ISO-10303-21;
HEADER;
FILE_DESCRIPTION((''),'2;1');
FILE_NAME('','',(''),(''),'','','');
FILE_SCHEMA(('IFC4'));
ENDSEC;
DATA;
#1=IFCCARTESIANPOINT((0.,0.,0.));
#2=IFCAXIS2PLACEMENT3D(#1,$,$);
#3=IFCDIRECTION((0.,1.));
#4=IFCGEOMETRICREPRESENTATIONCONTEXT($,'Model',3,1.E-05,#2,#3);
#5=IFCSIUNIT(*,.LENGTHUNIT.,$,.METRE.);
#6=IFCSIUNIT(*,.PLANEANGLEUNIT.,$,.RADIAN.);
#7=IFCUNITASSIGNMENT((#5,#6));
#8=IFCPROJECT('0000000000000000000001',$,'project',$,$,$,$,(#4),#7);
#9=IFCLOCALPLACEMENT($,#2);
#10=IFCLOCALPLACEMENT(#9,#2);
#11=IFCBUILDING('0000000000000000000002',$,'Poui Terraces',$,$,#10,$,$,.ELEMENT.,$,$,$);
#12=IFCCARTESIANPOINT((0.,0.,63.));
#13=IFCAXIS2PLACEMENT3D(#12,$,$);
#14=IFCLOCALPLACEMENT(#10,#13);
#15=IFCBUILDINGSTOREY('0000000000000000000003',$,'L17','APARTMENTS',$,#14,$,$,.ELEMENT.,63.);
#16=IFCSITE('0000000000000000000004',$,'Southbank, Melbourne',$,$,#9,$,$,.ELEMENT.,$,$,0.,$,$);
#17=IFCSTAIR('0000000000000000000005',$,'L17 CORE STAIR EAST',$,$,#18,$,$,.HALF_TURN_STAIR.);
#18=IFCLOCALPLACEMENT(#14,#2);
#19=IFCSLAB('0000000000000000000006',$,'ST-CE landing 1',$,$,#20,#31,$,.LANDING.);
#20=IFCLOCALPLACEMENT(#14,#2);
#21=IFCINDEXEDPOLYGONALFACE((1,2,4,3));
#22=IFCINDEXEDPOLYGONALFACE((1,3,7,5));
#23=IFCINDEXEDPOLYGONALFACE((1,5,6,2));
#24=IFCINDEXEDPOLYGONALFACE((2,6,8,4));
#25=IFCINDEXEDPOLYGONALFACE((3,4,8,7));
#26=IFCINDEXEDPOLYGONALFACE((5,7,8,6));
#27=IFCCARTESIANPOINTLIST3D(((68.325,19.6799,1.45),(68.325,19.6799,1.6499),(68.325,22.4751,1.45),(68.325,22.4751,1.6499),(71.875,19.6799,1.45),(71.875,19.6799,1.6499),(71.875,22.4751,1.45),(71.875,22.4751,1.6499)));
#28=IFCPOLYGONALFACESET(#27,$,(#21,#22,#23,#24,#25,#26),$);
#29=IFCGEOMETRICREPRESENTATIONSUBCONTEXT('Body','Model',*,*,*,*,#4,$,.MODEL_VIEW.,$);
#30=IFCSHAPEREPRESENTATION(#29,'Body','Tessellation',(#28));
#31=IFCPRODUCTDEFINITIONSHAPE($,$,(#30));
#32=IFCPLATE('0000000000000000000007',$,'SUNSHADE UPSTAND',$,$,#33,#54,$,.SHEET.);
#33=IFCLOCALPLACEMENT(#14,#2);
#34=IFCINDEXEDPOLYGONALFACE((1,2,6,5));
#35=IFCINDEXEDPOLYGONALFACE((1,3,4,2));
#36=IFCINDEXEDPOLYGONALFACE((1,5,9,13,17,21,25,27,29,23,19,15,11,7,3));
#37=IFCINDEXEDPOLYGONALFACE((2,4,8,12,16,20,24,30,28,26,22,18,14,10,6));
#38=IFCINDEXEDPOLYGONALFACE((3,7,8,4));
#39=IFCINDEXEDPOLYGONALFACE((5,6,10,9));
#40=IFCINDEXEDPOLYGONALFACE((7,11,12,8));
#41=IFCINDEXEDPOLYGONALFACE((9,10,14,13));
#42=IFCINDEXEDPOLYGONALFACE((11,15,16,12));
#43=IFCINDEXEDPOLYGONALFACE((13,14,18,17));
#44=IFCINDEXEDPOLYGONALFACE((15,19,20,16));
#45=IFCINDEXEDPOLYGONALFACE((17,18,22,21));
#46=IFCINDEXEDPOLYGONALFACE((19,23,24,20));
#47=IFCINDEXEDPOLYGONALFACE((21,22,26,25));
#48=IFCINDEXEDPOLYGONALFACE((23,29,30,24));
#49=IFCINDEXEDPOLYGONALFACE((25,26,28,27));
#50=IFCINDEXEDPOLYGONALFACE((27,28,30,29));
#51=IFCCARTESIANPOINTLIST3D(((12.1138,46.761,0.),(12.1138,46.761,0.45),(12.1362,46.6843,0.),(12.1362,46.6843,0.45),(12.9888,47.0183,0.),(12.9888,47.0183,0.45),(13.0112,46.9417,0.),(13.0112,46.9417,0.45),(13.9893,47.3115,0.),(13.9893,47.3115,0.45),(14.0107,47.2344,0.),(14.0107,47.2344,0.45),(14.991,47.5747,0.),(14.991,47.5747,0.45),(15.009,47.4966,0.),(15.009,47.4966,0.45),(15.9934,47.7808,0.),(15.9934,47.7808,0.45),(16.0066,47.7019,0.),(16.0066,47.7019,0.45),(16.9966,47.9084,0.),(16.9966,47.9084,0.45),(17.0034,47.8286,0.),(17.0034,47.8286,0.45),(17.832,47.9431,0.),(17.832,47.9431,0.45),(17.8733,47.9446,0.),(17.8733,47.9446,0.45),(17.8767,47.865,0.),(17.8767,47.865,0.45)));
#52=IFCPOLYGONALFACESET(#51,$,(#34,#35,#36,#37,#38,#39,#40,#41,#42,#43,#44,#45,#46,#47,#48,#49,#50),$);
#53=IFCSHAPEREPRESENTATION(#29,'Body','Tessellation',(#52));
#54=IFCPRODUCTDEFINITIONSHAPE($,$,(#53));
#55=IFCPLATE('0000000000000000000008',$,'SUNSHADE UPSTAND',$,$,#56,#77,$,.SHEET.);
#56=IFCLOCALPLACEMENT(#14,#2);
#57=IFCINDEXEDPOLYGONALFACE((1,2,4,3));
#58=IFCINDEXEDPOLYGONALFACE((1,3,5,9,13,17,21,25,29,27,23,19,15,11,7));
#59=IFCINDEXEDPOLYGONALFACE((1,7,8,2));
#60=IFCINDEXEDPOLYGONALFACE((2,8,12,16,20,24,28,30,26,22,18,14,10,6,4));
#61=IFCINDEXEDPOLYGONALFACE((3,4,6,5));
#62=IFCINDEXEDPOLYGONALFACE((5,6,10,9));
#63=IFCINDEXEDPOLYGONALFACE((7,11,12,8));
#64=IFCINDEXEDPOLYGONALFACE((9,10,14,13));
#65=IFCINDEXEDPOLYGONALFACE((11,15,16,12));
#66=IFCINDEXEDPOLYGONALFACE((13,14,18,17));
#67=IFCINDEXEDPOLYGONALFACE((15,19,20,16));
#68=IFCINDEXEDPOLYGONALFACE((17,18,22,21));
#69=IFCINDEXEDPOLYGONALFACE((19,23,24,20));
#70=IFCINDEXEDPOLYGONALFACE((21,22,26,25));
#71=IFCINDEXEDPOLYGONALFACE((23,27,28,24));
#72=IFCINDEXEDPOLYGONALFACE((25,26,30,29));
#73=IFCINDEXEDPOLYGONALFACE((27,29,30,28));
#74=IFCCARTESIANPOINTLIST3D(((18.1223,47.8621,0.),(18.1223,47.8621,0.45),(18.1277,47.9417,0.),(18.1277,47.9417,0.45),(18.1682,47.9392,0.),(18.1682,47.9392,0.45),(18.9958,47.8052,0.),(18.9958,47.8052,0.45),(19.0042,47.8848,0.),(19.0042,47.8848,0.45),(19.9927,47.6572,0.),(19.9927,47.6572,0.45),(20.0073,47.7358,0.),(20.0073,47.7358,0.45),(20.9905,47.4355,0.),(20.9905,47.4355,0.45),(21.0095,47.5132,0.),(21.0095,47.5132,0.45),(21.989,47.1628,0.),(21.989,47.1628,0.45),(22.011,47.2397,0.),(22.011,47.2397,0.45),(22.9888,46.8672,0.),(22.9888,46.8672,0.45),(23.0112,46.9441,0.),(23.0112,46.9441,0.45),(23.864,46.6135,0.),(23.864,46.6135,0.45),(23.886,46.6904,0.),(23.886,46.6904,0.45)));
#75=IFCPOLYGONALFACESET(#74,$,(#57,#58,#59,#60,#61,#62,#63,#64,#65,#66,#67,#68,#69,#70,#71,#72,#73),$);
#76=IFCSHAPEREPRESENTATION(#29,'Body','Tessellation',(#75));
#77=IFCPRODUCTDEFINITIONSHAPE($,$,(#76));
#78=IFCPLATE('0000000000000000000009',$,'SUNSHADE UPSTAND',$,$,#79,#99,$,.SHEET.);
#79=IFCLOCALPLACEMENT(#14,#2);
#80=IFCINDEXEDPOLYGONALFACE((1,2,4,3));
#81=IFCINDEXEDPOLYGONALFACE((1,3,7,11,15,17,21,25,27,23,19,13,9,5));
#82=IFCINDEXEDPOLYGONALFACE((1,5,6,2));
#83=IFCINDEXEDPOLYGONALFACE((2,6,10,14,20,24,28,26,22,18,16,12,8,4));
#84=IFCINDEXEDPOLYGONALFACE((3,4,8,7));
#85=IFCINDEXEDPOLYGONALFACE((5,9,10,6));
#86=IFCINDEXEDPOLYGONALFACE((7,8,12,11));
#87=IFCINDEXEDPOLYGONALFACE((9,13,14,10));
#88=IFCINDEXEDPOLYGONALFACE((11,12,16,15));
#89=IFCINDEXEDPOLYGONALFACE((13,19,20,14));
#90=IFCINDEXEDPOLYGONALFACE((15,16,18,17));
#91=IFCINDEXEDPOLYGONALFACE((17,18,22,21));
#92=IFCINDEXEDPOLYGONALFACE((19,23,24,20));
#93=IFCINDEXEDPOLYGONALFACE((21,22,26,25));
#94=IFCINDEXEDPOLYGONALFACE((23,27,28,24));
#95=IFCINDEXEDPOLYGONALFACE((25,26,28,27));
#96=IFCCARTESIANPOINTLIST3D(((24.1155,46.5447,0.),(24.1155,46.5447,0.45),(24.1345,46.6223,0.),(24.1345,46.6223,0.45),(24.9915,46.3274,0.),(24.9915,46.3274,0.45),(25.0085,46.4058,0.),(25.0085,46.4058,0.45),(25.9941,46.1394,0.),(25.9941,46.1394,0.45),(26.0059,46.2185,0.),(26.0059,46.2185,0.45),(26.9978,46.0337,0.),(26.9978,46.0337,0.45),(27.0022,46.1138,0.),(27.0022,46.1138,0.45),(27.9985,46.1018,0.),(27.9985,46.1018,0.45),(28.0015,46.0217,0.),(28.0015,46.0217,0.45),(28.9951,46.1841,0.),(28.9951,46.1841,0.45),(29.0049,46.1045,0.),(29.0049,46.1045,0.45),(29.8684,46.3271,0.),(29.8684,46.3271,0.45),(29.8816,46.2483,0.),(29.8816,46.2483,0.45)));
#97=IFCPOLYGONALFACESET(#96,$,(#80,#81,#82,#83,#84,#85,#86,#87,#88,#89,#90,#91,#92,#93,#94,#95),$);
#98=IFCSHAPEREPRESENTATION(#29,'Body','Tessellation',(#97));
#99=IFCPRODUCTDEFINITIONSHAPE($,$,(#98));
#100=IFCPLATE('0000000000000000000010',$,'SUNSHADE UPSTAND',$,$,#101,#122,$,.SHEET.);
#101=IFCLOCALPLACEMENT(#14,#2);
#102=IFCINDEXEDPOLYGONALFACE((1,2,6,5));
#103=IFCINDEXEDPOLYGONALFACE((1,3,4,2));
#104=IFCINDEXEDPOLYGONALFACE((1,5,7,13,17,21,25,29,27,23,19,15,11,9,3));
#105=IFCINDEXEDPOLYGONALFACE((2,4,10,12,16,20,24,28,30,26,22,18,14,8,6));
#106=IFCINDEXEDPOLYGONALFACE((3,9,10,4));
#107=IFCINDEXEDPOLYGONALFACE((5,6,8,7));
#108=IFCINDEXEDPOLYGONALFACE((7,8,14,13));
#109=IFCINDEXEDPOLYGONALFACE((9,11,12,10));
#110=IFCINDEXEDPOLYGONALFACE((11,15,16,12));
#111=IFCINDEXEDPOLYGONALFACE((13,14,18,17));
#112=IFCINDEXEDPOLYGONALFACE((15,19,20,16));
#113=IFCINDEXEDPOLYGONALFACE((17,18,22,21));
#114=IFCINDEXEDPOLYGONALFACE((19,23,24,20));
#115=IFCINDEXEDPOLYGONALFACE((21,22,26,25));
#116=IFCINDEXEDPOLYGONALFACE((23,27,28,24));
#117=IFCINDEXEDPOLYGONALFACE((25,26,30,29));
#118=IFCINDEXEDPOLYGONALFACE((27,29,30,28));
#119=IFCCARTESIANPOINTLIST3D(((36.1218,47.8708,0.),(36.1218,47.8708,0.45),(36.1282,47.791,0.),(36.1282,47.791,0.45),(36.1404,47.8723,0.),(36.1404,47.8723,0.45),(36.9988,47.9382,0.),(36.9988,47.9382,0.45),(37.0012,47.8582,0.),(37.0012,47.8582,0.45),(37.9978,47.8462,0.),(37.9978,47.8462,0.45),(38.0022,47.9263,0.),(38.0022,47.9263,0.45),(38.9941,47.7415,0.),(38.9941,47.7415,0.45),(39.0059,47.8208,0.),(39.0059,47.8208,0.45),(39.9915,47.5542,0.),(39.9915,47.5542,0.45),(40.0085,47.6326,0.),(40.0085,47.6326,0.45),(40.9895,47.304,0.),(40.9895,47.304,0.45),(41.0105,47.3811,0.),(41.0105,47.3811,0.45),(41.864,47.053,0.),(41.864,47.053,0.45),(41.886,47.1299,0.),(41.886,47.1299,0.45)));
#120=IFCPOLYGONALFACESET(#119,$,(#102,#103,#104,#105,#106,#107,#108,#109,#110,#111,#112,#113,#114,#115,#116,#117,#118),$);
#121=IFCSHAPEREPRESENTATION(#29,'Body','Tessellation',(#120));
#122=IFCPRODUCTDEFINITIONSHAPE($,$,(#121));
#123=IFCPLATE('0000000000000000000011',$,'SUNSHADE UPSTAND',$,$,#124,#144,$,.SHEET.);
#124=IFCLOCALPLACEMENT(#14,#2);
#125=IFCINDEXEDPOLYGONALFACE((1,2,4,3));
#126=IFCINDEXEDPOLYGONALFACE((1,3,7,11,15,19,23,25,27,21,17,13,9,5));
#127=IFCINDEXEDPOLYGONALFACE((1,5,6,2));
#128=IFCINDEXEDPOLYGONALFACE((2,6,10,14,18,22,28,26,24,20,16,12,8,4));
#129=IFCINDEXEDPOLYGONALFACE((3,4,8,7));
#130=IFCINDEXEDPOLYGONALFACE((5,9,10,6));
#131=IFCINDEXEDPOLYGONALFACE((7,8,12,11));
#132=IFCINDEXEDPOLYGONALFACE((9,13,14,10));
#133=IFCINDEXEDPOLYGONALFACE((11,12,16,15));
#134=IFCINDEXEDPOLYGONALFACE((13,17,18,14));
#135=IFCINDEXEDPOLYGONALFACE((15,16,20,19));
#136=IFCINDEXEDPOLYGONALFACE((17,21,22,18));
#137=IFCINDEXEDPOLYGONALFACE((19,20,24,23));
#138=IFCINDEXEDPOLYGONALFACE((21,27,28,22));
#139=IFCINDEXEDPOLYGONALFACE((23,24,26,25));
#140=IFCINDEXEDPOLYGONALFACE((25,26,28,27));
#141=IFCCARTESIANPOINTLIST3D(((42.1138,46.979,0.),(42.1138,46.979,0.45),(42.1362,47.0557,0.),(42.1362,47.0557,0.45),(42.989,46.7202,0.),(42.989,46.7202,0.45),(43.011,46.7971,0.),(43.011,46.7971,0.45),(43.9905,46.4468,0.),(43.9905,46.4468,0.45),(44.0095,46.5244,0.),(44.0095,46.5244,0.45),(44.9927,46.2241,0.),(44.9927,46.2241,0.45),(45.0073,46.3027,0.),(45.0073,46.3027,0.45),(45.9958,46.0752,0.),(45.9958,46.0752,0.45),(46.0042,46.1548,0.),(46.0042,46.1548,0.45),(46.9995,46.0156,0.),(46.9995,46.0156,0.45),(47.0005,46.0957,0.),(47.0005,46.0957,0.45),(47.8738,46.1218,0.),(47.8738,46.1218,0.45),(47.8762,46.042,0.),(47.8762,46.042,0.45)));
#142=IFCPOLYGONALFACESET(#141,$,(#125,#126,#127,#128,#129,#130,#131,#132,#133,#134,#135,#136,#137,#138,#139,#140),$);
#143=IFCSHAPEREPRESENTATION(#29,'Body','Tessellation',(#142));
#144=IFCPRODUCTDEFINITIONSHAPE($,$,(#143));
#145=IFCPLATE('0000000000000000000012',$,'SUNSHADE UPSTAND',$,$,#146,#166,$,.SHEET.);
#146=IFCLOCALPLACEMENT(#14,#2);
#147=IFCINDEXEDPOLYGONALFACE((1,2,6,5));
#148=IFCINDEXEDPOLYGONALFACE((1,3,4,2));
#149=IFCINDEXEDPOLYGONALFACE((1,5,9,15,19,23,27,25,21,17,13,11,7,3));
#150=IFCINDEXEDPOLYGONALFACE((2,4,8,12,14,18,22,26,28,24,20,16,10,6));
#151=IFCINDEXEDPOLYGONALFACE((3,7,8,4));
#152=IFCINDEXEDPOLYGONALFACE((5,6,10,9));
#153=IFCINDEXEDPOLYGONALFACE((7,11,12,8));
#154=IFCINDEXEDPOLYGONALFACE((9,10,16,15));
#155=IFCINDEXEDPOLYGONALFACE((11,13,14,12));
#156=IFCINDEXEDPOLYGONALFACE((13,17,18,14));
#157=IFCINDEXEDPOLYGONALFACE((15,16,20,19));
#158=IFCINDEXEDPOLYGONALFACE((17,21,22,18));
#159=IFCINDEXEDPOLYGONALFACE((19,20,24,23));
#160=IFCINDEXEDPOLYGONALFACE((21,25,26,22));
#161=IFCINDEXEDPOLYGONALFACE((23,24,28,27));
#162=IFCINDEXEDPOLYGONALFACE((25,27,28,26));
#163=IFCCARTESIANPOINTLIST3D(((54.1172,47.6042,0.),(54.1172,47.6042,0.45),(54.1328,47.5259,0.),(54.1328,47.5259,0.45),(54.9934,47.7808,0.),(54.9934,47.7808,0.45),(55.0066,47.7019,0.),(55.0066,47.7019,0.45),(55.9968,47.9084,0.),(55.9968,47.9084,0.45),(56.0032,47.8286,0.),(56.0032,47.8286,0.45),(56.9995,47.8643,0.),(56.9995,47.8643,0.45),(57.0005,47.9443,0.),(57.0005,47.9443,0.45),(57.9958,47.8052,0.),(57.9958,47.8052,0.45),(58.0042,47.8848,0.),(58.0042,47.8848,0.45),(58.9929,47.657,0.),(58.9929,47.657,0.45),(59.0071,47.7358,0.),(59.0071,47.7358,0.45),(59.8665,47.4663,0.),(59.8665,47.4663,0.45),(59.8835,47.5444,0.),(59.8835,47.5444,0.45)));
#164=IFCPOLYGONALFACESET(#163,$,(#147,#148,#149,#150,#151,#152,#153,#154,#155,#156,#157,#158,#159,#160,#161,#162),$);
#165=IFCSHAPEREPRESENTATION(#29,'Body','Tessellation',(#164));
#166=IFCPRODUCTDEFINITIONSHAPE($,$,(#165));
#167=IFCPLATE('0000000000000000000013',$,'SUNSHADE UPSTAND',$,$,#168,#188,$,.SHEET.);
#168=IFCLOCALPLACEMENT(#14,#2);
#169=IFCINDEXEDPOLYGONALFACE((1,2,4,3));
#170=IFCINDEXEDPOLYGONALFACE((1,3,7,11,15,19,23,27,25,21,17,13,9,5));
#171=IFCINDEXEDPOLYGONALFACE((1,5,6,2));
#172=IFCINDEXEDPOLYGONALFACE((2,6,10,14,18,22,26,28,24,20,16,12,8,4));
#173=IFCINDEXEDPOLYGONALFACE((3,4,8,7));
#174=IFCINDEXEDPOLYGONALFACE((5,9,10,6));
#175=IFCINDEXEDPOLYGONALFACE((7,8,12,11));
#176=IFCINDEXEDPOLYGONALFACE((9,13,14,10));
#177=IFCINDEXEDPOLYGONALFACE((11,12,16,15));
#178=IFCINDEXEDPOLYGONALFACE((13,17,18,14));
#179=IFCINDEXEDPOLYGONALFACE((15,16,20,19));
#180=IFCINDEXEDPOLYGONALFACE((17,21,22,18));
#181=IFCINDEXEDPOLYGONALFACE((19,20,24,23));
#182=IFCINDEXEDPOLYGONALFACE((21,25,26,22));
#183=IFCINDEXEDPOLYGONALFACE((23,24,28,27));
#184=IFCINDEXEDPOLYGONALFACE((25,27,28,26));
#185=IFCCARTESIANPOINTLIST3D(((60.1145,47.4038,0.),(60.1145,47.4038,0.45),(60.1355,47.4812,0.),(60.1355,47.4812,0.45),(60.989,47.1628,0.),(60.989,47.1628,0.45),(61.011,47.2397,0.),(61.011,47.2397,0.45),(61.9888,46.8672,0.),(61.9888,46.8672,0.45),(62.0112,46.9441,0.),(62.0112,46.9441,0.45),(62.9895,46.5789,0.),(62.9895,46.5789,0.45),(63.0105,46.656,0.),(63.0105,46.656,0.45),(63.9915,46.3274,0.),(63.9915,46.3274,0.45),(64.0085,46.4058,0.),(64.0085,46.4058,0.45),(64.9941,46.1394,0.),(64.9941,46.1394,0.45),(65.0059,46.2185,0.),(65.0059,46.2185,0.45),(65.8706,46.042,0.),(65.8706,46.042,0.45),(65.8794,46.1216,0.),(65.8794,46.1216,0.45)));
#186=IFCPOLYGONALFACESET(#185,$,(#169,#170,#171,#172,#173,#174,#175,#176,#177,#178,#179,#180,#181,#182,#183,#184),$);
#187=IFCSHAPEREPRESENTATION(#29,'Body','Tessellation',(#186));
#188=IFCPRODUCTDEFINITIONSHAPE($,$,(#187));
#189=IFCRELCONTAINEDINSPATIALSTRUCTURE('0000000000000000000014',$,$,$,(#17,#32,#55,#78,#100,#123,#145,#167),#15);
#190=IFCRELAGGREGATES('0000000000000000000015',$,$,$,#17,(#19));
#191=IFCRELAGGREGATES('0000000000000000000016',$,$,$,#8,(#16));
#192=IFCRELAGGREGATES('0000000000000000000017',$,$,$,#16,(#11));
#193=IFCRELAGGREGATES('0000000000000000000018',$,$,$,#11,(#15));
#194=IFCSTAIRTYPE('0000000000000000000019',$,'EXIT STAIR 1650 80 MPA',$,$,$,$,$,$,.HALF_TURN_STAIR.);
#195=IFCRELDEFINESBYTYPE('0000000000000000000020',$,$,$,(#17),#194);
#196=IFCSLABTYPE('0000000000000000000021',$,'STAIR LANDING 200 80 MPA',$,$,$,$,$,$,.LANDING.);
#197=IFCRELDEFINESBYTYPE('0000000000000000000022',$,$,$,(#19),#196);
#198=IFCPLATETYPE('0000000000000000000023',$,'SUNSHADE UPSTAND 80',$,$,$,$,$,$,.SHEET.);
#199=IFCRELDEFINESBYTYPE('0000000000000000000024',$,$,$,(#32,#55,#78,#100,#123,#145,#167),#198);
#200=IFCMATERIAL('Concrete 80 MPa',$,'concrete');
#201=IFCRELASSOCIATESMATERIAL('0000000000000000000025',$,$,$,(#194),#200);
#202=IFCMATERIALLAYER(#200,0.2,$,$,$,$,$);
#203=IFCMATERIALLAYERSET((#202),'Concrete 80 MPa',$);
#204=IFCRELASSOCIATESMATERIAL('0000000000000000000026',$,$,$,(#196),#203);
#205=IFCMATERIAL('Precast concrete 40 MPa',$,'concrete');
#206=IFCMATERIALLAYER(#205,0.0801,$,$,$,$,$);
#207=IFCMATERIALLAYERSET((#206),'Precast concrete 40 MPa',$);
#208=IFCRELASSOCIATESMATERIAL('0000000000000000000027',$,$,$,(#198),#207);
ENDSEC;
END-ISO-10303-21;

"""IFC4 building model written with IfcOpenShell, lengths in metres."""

from ifc_helpers import new_model, si_unit, direction, frame, origin, place, context, subcontext, project, spatial, polyline, outline, extrude, material, layer, layer_set, type_object, element, aggregate, save


model = new_model("IFC4")

# Units and contexts
model_context = context("Model", 3, precision=1e-05, world=origin(), true_north=direction((0.0, 1.0)))
body_context = subcontext(model_context, "Body", "Model", "MODEL_VIEW")
ifc_project = project(units=[si_unit("LENGTHUNIT", "METRE"), si_unit("PLANEANGLEUNIT", "RADIAN")], contexts=[model_context])

# Site, building, storey
site_placement = place(None, origin())
site = spatial("IfcSite", under=ifc_project, at=site_placement, Name="Southbank, Melbourne", CompositionType="ELEMENT", RefElevation=0.0)
building_placement = place(site_placement, origin())
building = spatial("IfcBuilding", under=site, at=building_placement, Name="Poui Terraces", CompositionType="ELEMENT")
storey_placement = place(building_placement, frame((0.0, 0.0, 63.0)))
storey = spatial("IfcBuildingStorey", under=building, at=storey_placement, Name="L17", Description="APARTMENTS", CompositionType="ELEMENT", Elevation=63.0)

# Shared definitions
ifc_material_1 = material(Name="Precast concrete 40 MPa", Category="concrete")

# Stair, slab
ifc_material_2 = material(Name="Concrete 80 MPa", Category="concrete")
stair_type = type_object("IfcStairType", Name="EXIT STAIR 1650 80 MPA", PredefinedType="HALF_TURN_STAIR", material=ifc_material_2)
stair_placement = place(storey_placement, origin())
stair = element("IfcStair", 1, at=stair_placement, inside=storey, type_object=stair_type, Name="L17 CORE STAIR EAST", PredefinedType="HALF_TURN_STAIR")
ifc_layer_1 = layer(ifc_material_2, 0.2)
ifc_layer_set_1 = layer_set([ifc_layer_1], Name="Concrete 80 MPa")
slab_type_1 = type_object("IfcSlabType", Name="STAIR LANDING 200 80 MPA", PredefinedType="LANDING", material=ifc_layer_set_1)
slab_1_placement = place(storey_placement, frame((0.0, 0.0, 1.45)))
slab_1 = element("IfcSlab", 2, at=slab_1_placement, type_object=slab_type_1, Name="ST-CE landing 1", PredefinedType="LANDING", context=body_context, shape_type="SweptSolid", body=[
    extrude(outline(polyline([(68.325, 19.6799), (71.875, 19.6799), (71.875, 22.4751), (68.325, 22.4751), (68.325, 19.6799)])), origin(), (0.0, 0.0, 1.0), 0.2),
])
aggregate(stair, [slab_1])

# Plates
ifc_layer_2 = layer(ifc_material_1, 0.0801)
ifc_layer_set_2 = layer_set([ifc_layer_2], Name="Precast concrete 40 MPa")
plate_type = type_object("IfcPlateType", Name="SUNSHADE UPSTAND 80", PredefinedType="SHEET", material=ifc_layer_set_2)
plate_1_placement = place(storey_placement, origin())
element("IfcPlate", 3, at=plate_1_placement, inside=storey, type_object=plate_type, Name="SUNSHADE UPSTAND", PredefinedType="SHEET", context=body_context, shape_type="SweptSolid", body=[
    extrude(outline(polyline([(12.9888, 47.0183), (12.1138, 46.761), (12.1362, 46.6843), (13.0112, 46.9417), (14.0107, 47.2344), (15.009, 47.4966), (16.0066, 47.7019), (17.0034, 47.8286), (17.8767, 47.865), (17.8733, 47.9446), (17.832, 47.9431), (16.9966, 47.9084), (15.9934, 47.7808), (14.991, 47.5747), (13.9893, 47.3115), (12.9888, 47.0183)])), origin(), (0.0, 0.0, 1.0), 0.45),
])
plate_2_placement = place(storey_placement, origin())
element("IfcPlate", 4, at=plate_2_placement, inside=storey, type_object=plate_type, Name="SUNSHADE UPSTAND", PredefinedType="SHEET", context=body_context, shape_type="SweptSolid", body=[
    extrude(outline(polyline([(19.0042, 47.8848), (18.1682, 47.9392), (18.1277, 47.9417), (18.1223, 47.8621), (18.9958, 47.8052), (19.9927, 47.6572), (20.9905, 47.4355), (21.989, 47.1628), (22.9888, 46.8672), (23.864, 46.6135), (23.886, 46.6904), (23.0112, 46.9441), (22.011, 47.2397), (21.0095, 47.5132), (20.0073, 47.7358), (19.0042, 47.8848)])), origin(), (0.0, 0.0, 1.0), 0.45),
])
plate_3_placement = place(storey_placement, origin())
element("IfcPlate", 5, at=plate_3_placement, inside=storey, type_object=plate_type, Name="SUNSHADE UPSTAND", PredefinedType="SHEET", context=body_context, shape_type="SweptSolid", body=[
    extrude(outline(polyline([(25.0085, 46.4058), (24.1345, 46.6223), (24.1155, 46.5447), (24.9915, 46.3274), (25.9941, 46.1394), (26.9978, 46.0337), (28.0015, 46.0217), (29.0049, 46.1045), (29.8816, 46.2483), (29.8684, 46.3271), (28.9951, 46.1841), (27.9985, 46.1018), (27.0022, 46.1138), (26.0059, 46.2185), (25.0085, 46.4058)])), origin(), (0.0, 0.0, 1.0), 0.45),
])
plate_4_placement = place(storey_placement, origin())
element("IfcPlate", 6, at=plate_4_placement, inside=storey, type_object=plate_type, Name="SUNSHADE UPSTAND", PredefinedType="SHEET", context=body_context, shape_type="SweptSolid", body=[
    extrude(outline(polyline([(36.9988, 47.9382), (36.1404, 47.8723), (36.1218, 47.8708), (36.1282, 47.791), (37.0012, 47.8582), (37.9978, 47.8462), (38.9941, 47.7415), (39.9915, 47.5542), (40.9895, 47.304), (41.864, 47.053), (41.886, 47.1299), (41.0105, 47.3811), (40.0085, 47.6326), (39.0059, 47.8208), (38.0022, 47.9263), (36.9988, 47.9382)])), origin(), (0.0, 0.0, 1.0), 0.45),
])
plate_5_placement = place(storey_placement, origin())
element("IfcPlate", 7, at=plate_5_placement, inside=storey, type_object=plate_type, Name="SUNSHADE UPSTAND", PredefinedType="SHEET", context=body_context, shape_type="SweptSolid", body=[
    extrude(outline(polyline([(43.011, 46.7971), (42.1362, 47.0557), (42.1138, 46.979), (42.989, 46.7202), (43.9905, 46.4468), (44.9927, 46.2241), (45.9958, 46.0752), (46.9995, 46.0156), (47.8762, 46.042), (47.8738, 46.1218), (47.0005, 46.0957), (46.0042, 46.1548), (45.0073, 46.3027), (44.0095, 46.5244), (43.011, 46.7971)])), origin(), (0.0, 0.0, 1.0), 0.45),
])
plate_6_placement = place(storey_placement, origin())
element("IfcPlate", 8, at=plate_6_placement, inside=storey, type_object=plate_type, Name="SUNSHADE UPSTAND", PredefinedType="SHEET", context=body_context, shape_type="SweptSolid", body=[
    extrude(outline(polyline([(54.9934, 47.7808), (54.1172, 47.6042), (54.1328, 47.5259), (55.0066, 47.7019), (56.0032, 47.8286), (56.9995, 47.8643), (57.9958, 47.8052), (58.9929, 47.657), (59.8665, 47.4663), (59.8835, 47.5444), (59.0071, 47.7358), (58.0042, 47.8848), (57.0005, 47.9443), (55.9968, 47.9084), (54.9934, 47.7808)])), origin(), (0.0, 0.0, 1.0), 0.45),
])
plate_7_placement = place(storey_placement, origin())
element("IfcPlate", 9, at=plate_7_placement, inside=storey, type_object=plate_type, Name="SUNSHADE UPSTAND", PredefinedType="SHEET", context=body_context, shape_type="SweptSolid", body=[
    extrude(outline(polyline([(61.011, 47.2397), (60.1355, 47.4812), (60.1145, 47.4038), (60.989, 47.1628), (61.9888, 46.8672), (62.9895, 46.5789), (63.9915, 46.3274), (64.9941, 46.1394), (65.8706, 46.042), (65.8794, 46.1216), (65.0059, 46.2185), (64.0085, 46.4058), (63.0105, 46.656), (62.0112, 46.9441), (61.011, 47.2397)])), origin(), (0.0, 0.0, 1.0), 0.45),
])

save(model, "model.ifc")
